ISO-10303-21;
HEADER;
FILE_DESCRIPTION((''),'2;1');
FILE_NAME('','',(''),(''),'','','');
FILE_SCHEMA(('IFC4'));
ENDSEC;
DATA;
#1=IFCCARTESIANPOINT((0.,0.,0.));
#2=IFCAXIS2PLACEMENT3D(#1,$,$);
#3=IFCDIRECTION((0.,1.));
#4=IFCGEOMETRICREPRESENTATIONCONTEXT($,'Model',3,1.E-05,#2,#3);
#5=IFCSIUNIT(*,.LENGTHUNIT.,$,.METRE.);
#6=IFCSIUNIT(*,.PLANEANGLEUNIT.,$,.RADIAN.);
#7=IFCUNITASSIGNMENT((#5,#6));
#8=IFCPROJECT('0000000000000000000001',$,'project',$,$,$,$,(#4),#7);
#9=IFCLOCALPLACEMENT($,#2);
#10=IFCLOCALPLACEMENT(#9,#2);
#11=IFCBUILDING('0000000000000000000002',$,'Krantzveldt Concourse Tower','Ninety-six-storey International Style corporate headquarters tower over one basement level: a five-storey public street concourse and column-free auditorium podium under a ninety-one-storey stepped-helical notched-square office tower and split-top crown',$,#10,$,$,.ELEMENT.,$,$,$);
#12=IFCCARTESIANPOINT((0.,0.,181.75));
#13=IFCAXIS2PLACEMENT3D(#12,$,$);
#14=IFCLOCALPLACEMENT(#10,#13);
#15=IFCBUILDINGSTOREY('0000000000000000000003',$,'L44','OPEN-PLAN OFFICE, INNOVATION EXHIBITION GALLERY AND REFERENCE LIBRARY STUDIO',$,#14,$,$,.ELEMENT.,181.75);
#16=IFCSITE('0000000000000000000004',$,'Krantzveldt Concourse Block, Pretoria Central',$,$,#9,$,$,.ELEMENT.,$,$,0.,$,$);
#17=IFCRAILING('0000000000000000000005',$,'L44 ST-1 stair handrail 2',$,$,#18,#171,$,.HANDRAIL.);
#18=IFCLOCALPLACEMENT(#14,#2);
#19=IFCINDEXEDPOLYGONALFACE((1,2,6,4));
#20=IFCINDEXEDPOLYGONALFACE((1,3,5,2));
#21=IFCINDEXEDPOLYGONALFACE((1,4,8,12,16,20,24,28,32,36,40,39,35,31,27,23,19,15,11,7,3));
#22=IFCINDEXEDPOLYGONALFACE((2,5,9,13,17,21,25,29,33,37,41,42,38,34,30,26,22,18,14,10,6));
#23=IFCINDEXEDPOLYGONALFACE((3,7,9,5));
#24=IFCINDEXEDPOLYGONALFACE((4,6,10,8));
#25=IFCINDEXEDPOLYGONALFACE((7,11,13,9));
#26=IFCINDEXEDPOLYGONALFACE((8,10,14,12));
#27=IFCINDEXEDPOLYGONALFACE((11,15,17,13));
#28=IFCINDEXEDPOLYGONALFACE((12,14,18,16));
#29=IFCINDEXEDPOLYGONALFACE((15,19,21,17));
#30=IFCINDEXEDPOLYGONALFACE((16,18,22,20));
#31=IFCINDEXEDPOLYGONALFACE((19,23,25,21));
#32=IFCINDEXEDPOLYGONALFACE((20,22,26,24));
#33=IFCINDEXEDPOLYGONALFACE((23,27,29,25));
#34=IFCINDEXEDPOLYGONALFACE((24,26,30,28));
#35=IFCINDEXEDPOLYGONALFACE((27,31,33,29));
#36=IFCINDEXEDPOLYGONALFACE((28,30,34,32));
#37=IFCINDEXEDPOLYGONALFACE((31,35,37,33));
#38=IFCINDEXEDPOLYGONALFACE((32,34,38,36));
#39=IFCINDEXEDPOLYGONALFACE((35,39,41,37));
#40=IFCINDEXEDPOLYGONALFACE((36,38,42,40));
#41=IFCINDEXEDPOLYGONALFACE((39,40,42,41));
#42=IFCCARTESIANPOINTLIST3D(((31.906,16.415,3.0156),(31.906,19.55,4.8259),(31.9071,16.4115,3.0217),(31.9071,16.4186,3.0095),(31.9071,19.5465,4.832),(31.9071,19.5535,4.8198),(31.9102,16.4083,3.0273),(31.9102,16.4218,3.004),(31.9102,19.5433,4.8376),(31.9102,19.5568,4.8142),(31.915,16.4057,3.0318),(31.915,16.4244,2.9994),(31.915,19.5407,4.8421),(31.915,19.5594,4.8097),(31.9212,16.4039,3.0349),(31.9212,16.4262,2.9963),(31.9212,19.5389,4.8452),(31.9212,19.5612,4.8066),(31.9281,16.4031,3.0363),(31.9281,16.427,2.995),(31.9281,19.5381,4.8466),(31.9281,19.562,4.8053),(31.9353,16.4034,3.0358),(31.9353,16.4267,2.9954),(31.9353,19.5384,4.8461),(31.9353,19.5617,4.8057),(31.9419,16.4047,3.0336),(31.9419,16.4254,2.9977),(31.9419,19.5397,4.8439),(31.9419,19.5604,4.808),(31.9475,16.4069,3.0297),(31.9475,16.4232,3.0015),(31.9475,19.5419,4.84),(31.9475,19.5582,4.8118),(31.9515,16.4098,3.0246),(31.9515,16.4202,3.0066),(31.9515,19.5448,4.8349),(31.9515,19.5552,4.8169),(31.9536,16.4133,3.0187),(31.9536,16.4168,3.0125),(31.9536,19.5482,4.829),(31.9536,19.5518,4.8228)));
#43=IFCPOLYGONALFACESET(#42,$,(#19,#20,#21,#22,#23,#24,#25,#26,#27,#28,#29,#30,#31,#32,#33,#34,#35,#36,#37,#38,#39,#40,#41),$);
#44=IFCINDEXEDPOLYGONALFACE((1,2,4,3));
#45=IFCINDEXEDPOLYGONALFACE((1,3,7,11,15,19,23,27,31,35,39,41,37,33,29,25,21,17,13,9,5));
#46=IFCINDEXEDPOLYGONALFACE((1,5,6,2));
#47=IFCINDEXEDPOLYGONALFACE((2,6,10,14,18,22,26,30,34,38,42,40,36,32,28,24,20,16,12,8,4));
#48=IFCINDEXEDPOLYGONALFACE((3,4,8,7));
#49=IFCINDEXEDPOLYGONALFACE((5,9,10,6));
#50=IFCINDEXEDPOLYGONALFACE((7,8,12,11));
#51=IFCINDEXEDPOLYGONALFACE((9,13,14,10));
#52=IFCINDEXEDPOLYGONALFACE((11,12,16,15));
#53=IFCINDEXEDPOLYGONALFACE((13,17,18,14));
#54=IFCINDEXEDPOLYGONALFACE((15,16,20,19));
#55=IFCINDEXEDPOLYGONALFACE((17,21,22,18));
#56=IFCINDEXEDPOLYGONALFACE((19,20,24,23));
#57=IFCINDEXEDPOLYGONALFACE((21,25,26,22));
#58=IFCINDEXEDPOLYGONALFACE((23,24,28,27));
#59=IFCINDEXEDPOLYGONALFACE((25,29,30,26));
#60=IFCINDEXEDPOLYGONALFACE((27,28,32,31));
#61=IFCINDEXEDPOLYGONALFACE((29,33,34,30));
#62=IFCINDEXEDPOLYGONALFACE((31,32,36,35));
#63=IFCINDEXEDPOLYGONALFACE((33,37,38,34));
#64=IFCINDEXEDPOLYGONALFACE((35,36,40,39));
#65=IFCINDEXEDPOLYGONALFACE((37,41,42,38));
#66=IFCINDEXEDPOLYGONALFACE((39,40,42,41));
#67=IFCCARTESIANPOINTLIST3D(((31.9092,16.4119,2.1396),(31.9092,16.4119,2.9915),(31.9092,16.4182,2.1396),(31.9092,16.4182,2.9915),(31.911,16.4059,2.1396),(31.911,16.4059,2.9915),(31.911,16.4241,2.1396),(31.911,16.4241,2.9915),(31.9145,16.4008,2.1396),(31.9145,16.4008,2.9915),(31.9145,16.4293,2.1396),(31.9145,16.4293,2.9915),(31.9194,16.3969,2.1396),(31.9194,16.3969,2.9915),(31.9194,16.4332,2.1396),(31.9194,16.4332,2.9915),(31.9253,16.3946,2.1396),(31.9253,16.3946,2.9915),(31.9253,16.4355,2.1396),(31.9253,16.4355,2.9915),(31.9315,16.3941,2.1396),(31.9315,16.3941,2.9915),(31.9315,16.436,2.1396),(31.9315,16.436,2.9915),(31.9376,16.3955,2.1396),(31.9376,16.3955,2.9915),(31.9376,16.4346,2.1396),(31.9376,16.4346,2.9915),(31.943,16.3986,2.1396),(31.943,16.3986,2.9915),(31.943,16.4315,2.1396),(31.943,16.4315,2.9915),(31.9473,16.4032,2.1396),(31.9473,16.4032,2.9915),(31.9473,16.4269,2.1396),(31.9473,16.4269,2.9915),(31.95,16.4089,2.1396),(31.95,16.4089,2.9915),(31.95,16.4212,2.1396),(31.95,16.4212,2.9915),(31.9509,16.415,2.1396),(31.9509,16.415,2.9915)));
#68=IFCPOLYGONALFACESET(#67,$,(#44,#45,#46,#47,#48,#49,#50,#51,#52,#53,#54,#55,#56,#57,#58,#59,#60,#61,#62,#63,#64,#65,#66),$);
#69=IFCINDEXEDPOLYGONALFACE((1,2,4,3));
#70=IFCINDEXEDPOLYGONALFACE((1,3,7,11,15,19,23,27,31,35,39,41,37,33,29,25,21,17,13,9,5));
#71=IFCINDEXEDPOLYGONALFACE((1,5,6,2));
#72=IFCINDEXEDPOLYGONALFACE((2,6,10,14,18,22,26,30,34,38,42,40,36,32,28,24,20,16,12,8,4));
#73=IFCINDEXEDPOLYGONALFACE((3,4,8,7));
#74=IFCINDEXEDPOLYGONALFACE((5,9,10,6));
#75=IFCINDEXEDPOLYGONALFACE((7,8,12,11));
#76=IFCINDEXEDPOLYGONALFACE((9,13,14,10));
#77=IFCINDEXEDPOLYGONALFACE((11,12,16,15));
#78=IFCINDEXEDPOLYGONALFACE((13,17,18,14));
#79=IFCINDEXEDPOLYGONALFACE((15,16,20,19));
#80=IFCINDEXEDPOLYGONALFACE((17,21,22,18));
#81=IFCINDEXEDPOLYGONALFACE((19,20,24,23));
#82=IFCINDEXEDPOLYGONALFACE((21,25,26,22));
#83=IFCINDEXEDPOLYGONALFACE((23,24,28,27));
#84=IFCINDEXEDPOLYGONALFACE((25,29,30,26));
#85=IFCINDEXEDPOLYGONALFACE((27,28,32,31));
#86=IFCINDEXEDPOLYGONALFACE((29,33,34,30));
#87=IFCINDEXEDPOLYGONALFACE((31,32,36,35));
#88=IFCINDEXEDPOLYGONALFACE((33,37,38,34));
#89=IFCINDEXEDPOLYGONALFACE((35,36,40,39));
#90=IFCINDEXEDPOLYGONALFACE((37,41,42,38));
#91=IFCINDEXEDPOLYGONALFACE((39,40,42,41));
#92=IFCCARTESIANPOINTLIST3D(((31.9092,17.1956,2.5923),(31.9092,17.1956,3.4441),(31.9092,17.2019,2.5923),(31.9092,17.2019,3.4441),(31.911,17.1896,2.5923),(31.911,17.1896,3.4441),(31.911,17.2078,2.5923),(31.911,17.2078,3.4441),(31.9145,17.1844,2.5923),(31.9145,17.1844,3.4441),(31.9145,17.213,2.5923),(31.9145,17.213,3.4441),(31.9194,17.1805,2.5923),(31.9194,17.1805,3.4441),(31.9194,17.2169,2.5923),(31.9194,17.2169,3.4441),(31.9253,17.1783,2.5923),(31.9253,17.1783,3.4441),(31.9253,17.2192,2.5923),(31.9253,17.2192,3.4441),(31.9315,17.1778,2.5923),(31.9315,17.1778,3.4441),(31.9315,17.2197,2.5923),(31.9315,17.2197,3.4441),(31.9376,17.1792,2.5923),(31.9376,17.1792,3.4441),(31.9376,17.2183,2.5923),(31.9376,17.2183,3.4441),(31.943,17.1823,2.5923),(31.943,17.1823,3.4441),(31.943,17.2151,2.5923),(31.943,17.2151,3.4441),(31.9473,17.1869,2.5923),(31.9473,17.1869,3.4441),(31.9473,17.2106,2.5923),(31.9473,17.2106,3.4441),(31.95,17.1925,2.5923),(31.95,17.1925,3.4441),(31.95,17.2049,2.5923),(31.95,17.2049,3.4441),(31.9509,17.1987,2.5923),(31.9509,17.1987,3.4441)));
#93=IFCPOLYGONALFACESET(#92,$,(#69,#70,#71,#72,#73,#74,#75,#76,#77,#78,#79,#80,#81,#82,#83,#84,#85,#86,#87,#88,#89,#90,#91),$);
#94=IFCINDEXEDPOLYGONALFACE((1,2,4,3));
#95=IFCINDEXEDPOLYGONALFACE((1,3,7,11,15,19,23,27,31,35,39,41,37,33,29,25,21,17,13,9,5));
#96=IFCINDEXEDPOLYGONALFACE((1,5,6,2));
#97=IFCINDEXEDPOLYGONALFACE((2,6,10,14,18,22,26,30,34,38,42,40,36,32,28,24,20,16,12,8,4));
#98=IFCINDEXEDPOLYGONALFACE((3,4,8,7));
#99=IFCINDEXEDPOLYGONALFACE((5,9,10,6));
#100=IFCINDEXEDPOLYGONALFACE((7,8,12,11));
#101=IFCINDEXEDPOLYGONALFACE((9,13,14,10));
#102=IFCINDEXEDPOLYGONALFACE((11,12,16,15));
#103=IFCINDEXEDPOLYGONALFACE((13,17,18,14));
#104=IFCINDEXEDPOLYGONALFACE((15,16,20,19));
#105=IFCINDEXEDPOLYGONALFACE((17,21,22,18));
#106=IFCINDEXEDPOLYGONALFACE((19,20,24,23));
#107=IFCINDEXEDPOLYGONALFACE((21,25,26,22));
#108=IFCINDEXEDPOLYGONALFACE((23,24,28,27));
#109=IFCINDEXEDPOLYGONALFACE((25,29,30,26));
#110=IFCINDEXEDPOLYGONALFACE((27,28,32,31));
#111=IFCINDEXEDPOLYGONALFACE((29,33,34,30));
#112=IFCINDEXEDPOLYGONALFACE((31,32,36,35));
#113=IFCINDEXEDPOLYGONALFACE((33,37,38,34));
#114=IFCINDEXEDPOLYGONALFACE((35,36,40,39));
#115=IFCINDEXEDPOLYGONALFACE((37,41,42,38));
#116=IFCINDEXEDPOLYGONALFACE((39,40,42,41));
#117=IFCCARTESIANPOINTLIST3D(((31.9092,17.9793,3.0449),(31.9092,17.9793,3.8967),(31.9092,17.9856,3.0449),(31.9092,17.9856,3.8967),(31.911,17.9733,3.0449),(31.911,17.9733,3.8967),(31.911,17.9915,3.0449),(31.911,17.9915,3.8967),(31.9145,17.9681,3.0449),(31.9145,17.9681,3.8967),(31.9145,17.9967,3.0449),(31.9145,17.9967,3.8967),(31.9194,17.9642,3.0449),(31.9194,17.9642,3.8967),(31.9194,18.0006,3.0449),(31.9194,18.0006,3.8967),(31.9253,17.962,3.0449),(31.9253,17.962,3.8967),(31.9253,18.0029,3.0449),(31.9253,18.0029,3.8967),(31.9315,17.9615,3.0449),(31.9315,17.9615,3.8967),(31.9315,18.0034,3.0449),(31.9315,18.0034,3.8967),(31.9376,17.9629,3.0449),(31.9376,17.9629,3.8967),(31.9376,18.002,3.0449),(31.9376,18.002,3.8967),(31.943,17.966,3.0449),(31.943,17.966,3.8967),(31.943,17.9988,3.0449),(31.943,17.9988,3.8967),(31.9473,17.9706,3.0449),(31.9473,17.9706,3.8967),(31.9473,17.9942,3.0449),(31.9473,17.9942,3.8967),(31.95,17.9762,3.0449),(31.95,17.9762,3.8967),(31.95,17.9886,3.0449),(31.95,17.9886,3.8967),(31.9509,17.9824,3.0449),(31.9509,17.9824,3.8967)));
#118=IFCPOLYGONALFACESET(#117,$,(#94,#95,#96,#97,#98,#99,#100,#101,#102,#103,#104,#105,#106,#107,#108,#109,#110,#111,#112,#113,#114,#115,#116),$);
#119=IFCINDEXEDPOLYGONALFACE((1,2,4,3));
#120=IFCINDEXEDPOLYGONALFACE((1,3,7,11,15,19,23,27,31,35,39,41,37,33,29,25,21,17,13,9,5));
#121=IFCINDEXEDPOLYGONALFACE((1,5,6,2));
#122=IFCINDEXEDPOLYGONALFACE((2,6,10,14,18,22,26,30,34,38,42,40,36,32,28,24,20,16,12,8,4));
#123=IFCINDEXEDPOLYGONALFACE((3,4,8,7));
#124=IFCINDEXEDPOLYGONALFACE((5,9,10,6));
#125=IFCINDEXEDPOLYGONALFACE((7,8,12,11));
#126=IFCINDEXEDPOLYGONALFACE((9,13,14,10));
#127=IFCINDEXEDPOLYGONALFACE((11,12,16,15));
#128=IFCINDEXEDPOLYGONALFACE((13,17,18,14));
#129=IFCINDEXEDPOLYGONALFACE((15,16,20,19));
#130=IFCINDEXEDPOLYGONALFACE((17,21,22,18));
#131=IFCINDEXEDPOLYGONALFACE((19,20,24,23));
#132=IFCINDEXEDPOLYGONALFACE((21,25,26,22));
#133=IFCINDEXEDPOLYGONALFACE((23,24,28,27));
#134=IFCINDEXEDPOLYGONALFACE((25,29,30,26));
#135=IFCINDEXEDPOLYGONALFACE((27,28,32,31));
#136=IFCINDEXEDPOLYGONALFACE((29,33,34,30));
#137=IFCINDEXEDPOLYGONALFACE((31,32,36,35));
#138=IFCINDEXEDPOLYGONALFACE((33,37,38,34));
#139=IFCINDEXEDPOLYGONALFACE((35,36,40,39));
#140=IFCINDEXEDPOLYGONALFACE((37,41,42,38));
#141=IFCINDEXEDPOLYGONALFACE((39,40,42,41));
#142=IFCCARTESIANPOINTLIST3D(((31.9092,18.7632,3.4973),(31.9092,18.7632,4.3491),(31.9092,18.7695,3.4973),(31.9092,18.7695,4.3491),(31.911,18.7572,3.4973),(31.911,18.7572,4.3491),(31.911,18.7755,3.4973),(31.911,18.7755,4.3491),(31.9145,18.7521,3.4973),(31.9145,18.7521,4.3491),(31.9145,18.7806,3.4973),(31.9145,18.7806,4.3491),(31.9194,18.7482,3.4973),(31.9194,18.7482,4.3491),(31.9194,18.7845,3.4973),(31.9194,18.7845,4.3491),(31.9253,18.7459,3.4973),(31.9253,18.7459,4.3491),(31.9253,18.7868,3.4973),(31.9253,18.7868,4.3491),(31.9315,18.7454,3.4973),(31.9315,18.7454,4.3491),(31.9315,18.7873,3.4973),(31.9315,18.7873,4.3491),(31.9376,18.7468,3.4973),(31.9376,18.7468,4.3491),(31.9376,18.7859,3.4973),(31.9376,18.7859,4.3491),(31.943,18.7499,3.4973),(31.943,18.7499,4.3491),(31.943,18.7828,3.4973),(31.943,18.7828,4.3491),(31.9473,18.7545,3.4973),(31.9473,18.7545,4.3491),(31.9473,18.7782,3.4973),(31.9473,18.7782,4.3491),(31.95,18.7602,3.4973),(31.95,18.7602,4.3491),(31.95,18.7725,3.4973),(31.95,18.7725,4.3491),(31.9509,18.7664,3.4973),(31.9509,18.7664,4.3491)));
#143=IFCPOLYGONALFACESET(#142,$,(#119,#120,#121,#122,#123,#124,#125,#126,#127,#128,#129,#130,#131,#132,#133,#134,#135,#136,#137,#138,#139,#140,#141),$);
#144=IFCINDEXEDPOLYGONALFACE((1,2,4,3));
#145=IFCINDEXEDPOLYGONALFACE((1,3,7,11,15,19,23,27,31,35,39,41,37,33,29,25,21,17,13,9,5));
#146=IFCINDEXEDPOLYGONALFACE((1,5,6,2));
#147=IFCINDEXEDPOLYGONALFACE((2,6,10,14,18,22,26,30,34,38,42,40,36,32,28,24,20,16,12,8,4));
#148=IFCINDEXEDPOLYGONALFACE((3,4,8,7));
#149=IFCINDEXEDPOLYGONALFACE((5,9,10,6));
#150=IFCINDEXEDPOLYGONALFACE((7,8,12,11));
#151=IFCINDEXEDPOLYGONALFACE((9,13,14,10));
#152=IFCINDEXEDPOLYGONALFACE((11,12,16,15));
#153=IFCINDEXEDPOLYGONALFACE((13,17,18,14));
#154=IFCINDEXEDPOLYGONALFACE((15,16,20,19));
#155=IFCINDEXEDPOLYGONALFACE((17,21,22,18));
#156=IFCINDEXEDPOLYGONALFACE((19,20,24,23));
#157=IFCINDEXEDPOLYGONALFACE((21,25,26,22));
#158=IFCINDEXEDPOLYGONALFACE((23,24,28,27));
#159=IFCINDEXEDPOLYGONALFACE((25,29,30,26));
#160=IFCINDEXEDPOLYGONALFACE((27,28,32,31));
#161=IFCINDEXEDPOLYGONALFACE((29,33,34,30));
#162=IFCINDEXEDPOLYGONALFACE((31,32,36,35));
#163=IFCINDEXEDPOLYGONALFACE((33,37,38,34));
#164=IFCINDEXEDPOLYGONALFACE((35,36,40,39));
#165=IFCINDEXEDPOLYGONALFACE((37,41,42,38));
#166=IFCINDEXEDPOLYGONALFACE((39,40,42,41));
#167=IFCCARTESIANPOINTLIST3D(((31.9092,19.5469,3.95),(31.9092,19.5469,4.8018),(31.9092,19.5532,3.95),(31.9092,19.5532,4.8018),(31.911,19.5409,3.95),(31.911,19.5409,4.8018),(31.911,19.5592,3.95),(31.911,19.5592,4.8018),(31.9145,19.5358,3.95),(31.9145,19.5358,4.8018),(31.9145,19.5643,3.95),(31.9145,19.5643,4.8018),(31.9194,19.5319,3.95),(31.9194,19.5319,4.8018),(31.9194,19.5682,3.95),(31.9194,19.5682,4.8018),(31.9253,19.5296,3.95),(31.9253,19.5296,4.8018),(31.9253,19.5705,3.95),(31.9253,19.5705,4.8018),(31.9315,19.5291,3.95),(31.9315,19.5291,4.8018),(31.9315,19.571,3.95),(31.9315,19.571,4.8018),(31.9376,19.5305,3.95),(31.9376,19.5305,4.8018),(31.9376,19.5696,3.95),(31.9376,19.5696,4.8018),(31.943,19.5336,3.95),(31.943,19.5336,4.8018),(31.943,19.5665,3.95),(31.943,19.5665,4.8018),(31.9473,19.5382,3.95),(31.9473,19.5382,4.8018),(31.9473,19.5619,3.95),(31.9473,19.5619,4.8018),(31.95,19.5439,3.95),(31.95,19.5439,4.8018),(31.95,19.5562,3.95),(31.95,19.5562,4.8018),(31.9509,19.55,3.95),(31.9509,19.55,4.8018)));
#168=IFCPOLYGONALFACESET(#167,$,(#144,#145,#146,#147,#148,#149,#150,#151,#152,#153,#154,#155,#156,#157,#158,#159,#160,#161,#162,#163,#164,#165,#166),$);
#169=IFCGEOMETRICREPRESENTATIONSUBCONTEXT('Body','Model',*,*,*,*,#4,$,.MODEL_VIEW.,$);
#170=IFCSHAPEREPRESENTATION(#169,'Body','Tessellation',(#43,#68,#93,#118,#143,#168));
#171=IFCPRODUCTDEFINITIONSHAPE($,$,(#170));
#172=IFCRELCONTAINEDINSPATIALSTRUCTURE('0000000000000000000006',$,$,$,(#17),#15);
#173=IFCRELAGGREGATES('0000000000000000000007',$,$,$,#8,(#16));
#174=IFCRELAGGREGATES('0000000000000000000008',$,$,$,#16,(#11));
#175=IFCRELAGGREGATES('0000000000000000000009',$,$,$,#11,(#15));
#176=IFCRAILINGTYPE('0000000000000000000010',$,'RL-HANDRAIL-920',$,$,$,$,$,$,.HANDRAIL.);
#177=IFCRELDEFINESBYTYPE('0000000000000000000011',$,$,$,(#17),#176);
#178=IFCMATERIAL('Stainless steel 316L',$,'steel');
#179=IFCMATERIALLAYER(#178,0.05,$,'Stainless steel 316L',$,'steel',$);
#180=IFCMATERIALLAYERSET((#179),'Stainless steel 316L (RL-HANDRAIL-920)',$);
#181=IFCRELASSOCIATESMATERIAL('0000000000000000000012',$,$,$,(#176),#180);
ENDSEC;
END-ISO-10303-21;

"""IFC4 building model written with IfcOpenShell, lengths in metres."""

from ifc_helpers import new_model, si_unit, direction, frame, origin, origin_2d, place, context, subcontext, project, spatial, circle, extrude, material, layer, layer_set, type_object, element, save


model = new_model("IFC4")

# Units and contexts
model_context = context("Model", 3, precision=1e-05, world=origin(), true_north=direction((0.0, 1.0)))
body_context = subcontext(model_context, "Body", "Model", "MODEL_VIEW")
ifc_project = project(units=[si_unit("LENGTHUNIT", "METRE"), si_unit("PLANEANGLEUNIT", "RADIAN")], contexts=[model_context])

# Site, building, storey
site_placement = place(None, origin())
site = spatial("IfcSite", under=ifc_project, at=site_placement, Name="Krantzveldt Concourse Block, Pretoria Central", CompositionType="ELEMENT", RefElevation=0.0)
building_placement = place(site_placement, origin())
building = spatial("IfcBuilding", under=site, at=building_placement, Name="Krantzveldt Concourse Tower", Description="Ninety-six-storey International Style corporate headquarters tower over one basement level: a five-storey public street concourse and column-free auditorium podium under a ninety-one-storey stepped-helical notched-square office tower and split-top crown", CompositionType="ELEMENT")
storey_placement = place(building_placement, frame((0.0, 0.0, 181.75)))
storey = spatial("IfcBuildingStorey", under=building, at=storey_placement, Name="L44", Description="OPEN-PLAN OFFICE, INNOVATION EXHIBITION GALLERY AND REFERENCE LIBRARY STUDIO", CompositionType="ELEMENT", Elevation=181.75)

# Shared definitions
ifc_material_1 = material(Name="Stainless steel 316L", Category="steel")

# Railing
ifc_layer_1 = layer(ifc_material_1, 0.05, Name="Stainless steel 316L", Category="steel")
ifc_layer_set_1 = layer_set([ifc_layer_1], Name="Stainless steel 316L (RL-HANDRAIL-920)")
railing_type_1 = type_object("IfcRailingType", Name="RL-HANDRAIL-920", PredefinedType="HANDRAIL", material=ifc_layer_set_1)
railing_1_placement = place(storey_placement, frame((31.9299, 16.415, 2.1396)))
element("IfcRailing", 1, at=railing_1_placement, inside=storey, type_object=railing_type_1, Name="L44 ST-1 stair handrail 2", PredefinedType="HANDRAIL", context=body_context, shape_type="SweptSolid", body=[
    extrude(circle(Radius=0.0239, at=origin_2d()), frame((0.0, 0.0, 0.876), z_axis=(0.0, 0.865989, 0.500063), x_axis=(-1.0, 0.0, 0.0)), (0.0, 0.0, 1.0), 3.6201),
    extrude(circle(Radius=0.021, at=origin_2d()), origin(), (0.0, 0.0, 1.0), 0.8518),
    extrude(circle(Radius=0.021, at=origin_2d()), frame((0.0, 0.7837, 0.4526)), (0.0, 0.0, 1.0), 0.8518),
    extrude(circle(Radius=0.021, at=origin_2d()), frame((0.0, 1.5674, 0.9053)), (0.0, 0.0, 1.0), 0.8518),
    extrude(circle(Radius=0.021, at=origin_2d()), frame((0.0, 2.3513, 1.3577)), (0.0, 0.0, 1.0), 0.8518),
    extrude(circle(Radius=0.021, at=origin_2d()), frame((0.0, 3.135, 1.8103)), (0.0, 0.0, 1.0), 0.8518),
])

save(model, "model.ifc")
